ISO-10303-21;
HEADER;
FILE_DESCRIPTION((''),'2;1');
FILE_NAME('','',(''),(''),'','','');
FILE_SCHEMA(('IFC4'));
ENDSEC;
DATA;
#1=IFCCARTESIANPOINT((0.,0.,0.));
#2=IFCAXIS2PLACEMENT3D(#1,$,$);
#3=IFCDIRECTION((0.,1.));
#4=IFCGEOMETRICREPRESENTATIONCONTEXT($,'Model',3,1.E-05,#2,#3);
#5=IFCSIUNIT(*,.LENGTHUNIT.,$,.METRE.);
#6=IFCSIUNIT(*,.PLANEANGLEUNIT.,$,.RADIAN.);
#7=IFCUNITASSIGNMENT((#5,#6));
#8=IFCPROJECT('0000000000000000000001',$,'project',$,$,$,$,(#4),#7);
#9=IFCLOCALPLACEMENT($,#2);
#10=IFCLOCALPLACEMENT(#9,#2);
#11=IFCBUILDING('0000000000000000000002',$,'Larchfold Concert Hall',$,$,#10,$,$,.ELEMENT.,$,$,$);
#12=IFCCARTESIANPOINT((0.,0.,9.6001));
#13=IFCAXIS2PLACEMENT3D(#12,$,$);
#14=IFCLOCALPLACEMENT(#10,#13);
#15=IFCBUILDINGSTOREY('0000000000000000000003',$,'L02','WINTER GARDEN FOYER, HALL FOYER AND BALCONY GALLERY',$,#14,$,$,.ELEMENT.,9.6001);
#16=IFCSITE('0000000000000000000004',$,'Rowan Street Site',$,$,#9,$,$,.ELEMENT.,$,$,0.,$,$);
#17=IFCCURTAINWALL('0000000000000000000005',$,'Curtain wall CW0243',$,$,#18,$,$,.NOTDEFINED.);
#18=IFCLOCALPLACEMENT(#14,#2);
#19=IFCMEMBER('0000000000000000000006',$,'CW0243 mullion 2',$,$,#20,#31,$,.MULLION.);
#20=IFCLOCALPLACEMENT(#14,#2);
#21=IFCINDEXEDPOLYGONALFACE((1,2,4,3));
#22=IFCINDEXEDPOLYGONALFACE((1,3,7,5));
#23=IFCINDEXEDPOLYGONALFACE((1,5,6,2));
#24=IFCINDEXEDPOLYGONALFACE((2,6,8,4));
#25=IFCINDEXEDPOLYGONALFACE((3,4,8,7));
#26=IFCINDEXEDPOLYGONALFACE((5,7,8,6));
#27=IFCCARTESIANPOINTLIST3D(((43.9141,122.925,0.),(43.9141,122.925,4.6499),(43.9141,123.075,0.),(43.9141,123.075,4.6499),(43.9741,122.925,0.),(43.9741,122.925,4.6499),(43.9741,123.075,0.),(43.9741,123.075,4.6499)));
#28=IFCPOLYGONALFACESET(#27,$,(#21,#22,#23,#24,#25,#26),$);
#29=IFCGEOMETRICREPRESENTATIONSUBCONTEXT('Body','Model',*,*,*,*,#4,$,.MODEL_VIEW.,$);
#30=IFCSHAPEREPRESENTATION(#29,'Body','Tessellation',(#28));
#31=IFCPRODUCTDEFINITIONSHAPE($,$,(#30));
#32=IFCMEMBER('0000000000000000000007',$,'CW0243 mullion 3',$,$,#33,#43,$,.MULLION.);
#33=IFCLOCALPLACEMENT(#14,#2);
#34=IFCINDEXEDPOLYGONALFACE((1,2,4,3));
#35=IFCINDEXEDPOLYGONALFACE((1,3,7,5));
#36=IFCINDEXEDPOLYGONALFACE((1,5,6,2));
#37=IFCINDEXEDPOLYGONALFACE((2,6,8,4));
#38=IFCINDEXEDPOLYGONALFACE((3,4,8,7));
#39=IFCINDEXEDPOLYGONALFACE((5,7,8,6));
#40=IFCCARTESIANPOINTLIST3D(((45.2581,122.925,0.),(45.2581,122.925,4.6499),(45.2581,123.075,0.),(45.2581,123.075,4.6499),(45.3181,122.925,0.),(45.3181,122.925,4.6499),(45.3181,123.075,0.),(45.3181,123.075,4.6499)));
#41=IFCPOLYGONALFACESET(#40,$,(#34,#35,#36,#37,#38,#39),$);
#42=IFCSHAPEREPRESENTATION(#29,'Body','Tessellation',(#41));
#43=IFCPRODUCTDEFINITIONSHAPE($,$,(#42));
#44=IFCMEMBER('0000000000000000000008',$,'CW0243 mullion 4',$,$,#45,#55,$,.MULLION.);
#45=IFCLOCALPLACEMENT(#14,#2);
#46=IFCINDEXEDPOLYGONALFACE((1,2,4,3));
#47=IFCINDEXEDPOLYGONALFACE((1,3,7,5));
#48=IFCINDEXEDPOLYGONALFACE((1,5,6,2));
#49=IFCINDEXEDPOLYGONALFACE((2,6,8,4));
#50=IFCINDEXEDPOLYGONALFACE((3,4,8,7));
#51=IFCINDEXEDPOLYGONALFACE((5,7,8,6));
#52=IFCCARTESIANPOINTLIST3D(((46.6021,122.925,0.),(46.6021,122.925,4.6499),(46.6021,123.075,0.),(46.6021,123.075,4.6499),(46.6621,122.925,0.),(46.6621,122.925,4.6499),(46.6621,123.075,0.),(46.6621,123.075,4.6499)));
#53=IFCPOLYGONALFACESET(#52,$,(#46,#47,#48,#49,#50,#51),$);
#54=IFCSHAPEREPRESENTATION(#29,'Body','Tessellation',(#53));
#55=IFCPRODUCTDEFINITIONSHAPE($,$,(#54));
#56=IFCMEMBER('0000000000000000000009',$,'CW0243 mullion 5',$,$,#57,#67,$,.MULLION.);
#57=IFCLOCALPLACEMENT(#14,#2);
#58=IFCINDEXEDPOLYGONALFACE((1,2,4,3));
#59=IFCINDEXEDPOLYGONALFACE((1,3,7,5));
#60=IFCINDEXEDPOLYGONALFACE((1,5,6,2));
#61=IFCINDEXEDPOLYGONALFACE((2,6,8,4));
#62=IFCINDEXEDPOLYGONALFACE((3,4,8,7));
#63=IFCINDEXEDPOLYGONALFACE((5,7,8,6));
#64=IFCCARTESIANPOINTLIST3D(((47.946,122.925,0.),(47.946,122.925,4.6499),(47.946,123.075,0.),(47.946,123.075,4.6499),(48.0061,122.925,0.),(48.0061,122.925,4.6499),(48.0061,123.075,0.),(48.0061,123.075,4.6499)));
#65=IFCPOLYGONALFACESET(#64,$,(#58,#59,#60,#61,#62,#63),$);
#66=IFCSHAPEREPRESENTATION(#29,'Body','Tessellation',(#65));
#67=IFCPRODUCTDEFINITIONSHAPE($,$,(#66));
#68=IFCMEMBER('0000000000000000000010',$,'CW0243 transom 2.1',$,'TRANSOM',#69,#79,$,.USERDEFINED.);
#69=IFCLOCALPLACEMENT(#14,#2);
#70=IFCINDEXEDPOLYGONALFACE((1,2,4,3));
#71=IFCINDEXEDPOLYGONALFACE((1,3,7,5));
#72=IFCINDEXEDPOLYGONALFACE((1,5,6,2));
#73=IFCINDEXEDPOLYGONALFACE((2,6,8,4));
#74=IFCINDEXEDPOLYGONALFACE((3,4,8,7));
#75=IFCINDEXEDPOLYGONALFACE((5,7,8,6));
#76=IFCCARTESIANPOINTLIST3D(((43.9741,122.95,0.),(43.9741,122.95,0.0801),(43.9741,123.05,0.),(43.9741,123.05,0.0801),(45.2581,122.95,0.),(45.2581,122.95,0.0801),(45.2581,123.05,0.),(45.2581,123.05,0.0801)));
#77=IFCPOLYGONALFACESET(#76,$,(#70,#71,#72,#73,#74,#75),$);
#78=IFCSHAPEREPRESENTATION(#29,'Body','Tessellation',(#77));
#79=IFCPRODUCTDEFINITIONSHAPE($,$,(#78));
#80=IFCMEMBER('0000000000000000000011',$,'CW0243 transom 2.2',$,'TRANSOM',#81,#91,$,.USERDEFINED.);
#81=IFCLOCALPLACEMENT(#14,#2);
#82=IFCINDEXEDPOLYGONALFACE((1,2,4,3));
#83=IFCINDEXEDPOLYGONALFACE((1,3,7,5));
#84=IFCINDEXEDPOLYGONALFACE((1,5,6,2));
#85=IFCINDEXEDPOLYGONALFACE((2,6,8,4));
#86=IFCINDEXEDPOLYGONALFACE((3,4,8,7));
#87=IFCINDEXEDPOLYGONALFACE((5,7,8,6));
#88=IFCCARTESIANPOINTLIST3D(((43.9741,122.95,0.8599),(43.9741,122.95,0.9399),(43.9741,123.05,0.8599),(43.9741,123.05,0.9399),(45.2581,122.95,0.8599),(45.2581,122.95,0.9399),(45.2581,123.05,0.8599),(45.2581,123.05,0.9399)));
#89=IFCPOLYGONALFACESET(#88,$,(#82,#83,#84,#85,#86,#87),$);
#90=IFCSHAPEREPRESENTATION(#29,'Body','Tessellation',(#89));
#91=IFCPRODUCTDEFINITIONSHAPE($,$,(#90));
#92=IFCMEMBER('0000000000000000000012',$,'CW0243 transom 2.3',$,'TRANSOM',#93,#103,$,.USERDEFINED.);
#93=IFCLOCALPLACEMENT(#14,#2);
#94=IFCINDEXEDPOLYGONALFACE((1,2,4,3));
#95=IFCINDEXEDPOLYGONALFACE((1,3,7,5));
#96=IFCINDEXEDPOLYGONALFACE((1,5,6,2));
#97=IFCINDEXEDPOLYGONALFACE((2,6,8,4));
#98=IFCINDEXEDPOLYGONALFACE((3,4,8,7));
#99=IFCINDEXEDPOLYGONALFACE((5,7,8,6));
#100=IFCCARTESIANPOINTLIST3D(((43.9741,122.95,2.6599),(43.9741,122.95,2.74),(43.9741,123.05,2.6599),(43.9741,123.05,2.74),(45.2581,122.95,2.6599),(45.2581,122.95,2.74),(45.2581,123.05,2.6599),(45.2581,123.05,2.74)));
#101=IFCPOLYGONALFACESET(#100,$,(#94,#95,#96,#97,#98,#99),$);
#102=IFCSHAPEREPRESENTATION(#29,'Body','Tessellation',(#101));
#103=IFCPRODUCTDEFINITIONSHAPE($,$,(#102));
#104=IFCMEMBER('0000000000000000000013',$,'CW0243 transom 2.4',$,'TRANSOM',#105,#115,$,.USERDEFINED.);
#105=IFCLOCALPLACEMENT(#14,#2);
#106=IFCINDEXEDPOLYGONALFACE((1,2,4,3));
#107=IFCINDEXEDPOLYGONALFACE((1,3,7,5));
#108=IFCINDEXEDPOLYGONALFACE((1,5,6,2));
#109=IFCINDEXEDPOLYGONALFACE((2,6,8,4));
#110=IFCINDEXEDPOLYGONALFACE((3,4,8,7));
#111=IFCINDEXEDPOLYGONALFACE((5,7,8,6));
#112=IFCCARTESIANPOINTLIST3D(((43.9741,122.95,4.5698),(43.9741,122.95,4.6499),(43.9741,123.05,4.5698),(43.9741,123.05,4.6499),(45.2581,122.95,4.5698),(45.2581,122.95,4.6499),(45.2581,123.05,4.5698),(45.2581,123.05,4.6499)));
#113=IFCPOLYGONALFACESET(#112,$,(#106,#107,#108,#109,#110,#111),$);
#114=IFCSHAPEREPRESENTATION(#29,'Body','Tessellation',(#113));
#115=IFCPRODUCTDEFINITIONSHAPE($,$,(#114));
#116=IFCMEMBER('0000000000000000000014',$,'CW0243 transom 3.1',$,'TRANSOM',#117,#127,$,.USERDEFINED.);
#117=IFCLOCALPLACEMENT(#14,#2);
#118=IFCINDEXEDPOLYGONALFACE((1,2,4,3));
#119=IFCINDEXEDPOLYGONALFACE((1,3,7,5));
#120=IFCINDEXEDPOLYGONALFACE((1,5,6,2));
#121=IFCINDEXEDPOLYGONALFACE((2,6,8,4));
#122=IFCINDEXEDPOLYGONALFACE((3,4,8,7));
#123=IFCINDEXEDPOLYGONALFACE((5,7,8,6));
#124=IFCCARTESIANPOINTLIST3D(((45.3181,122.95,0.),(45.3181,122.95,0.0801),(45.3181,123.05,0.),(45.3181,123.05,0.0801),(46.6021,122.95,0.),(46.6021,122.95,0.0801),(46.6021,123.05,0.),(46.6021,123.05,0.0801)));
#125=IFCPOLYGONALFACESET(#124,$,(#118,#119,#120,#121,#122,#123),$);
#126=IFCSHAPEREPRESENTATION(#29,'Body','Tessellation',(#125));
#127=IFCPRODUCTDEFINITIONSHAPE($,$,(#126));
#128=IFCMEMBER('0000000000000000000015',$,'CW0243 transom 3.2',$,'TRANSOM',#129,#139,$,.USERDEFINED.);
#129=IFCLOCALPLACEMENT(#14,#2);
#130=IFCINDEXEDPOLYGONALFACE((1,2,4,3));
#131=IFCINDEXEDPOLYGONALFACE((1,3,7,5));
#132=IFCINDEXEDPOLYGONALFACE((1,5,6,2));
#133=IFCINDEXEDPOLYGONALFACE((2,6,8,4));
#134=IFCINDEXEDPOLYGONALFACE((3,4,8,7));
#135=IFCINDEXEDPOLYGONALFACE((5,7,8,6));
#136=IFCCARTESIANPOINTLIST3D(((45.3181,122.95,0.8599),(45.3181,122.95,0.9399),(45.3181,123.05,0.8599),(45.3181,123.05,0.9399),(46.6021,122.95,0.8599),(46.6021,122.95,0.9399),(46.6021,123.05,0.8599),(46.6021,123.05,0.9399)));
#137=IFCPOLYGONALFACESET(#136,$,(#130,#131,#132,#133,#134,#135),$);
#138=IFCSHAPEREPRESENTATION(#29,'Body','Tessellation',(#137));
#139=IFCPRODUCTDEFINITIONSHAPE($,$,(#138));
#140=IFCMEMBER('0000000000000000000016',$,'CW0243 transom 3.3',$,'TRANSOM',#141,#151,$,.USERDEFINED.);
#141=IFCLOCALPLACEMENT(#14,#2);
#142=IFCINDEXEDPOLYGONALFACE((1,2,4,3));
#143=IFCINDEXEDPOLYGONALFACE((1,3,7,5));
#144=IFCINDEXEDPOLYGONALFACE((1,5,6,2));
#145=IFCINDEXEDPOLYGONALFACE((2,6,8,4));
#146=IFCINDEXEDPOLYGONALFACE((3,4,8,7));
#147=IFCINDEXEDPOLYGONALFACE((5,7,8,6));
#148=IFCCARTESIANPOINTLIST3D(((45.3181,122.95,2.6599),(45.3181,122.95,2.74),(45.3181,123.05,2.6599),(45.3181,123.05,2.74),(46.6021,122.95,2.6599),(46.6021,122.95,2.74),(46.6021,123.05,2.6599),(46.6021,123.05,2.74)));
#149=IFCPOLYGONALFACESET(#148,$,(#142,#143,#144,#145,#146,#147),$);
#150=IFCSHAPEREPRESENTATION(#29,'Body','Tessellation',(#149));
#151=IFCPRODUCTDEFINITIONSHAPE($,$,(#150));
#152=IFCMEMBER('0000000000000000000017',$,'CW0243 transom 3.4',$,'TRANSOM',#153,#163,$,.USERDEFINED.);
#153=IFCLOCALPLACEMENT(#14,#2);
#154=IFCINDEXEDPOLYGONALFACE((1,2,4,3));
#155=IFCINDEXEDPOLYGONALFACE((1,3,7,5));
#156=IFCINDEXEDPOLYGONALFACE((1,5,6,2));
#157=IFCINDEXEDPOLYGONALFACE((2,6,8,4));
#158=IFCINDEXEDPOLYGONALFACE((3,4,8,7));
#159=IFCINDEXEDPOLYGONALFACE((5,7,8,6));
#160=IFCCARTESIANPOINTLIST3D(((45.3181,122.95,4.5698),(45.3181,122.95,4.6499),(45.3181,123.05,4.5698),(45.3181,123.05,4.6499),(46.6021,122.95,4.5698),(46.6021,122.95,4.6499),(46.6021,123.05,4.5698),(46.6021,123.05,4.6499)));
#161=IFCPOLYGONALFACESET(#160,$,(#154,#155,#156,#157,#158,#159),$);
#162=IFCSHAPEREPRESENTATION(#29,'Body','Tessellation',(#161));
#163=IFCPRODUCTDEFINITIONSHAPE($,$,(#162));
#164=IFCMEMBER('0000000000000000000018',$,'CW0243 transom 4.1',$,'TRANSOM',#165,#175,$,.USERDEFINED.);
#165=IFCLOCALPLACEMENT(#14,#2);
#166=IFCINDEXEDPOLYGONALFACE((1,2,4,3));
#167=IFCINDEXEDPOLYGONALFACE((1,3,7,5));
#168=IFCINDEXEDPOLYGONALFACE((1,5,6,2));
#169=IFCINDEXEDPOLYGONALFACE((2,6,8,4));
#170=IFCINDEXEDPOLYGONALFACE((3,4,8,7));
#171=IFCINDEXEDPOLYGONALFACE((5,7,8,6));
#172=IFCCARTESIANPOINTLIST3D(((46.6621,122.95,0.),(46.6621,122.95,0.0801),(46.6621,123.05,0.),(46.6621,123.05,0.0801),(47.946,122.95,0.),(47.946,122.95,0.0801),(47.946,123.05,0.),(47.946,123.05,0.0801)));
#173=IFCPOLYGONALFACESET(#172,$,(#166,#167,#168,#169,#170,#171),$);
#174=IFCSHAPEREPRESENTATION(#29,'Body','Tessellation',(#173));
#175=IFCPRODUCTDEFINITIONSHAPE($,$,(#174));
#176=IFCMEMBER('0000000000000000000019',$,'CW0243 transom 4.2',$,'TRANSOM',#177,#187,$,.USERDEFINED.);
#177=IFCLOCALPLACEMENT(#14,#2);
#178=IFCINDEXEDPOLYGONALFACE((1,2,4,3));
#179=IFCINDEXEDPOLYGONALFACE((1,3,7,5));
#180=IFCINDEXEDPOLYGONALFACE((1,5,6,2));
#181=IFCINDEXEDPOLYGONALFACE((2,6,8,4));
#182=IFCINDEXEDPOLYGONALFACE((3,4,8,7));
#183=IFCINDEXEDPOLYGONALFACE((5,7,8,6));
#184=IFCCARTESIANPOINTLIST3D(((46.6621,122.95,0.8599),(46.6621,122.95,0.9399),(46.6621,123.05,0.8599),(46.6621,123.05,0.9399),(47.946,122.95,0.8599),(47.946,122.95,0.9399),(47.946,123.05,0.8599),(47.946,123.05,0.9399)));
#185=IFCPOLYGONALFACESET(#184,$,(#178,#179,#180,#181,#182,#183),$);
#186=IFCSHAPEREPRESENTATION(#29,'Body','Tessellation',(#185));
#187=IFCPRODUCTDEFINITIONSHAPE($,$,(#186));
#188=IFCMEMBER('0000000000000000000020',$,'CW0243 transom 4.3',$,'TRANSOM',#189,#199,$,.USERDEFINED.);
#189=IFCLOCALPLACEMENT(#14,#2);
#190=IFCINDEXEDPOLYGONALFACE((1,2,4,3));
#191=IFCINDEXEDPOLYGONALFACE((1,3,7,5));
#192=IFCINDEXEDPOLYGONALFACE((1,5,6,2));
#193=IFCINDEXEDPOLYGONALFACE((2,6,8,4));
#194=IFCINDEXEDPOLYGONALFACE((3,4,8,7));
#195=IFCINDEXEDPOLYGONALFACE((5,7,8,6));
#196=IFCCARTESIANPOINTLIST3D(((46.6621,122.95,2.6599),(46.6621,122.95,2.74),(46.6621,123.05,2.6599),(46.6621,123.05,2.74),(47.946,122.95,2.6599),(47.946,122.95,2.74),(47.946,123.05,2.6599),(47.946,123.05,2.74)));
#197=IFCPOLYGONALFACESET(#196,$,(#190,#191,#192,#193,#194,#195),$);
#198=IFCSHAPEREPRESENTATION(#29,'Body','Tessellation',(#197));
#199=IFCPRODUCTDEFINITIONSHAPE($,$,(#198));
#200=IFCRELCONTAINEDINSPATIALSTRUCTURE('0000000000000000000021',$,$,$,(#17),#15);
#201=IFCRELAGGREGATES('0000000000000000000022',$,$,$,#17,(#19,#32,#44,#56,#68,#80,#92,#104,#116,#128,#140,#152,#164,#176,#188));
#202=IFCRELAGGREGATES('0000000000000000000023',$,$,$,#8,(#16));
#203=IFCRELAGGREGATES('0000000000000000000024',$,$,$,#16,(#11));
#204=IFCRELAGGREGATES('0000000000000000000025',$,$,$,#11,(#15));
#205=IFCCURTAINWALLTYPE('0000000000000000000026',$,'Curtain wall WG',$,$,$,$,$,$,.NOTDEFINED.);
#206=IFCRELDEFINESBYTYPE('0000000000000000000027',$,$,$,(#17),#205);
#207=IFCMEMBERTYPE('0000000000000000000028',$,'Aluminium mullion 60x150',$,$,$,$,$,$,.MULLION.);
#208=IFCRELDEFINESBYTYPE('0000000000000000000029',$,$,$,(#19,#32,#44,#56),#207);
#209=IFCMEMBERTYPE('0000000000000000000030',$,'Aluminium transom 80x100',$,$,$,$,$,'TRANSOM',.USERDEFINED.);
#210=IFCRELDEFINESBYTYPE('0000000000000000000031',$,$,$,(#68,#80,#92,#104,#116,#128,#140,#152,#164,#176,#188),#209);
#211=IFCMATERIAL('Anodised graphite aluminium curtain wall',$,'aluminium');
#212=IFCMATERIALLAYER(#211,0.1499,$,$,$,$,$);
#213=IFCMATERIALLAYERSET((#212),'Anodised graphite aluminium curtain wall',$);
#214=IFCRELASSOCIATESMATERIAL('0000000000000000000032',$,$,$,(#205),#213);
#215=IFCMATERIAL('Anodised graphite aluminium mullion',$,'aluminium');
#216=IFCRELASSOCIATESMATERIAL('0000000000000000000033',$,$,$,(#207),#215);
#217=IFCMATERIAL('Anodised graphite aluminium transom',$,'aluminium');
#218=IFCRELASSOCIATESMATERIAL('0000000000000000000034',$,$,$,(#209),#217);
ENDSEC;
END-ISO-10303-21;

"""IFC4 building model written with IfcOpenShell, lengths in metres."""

from ifc_helpers import new_model, si_unit, direction, frame, origin, origin_2d, place, context, subcontext, project, spatial, rectangle, extrude, material, layer, layer_set, material_profile, profile_set, type_object, element, aggregate, save


model = new_model("IFC4")

# Units and contexts
model_context = context("Model", 3, precision=1e-05, world=origin(), true_north=direction((0.0, 1.0)))
body_context = subcontext(model_context, "Body", "Model", "MODEL_VIEW")
ifc_project = project(units=[si_unit("LENGTHUNIT", "METRE"), si_unit("PLANEANGLEUNIT", "RADIAN")], contexts=[model_context])

# Site, building, storey
site_placement = place(None, origin())
site = spatial("IfcSite", under=ifc_project, at=site_placement, Name="Rowan Street Site", CompositionType="ELEMENT", RefElevation=0.0)
building_placement = place(site_placement, origin())
building = spatial("IfcBuilding", under=site, at=building_placement, Name="Larchfold Concert Hall", CompositionType="ELEMENT")
storey_placement = place(building_placement, frame((0.0, 0.0, 9.6001)))
storey = spatial("IfcBuildingStorey", under=building, at=storey_placement, Name="L02", Description="WINTER GARDEN FOYER, HALL FOYER AND BALCONY GALLERY", CompositionType="ELEMENT", Elevation=9.6001)

# Curtain wall, members
ifc_material_1 = material(Name="Anodised graphite aluminium curtain wall", Category="aluminium")
ifc_layer_1 = layer(ifc_material_1, 0.1499)
ifc_layer_set_1 = layer_set([ifc_layer_1], Name="Anodised graphite aluminium curtain wall")
curtain_wall_type = type_object("IfcCurtainWallType", Name="Curtain wall WG", PredefinedType="NOTDEFINED", material=ifc_layer_set_1)
curtain_wall_placement = place(storey_placement, origin())
curtain_wall = element("IfcCurtainWall", 1, at=curtain_wall_placement, inside=storey, type_object=curtain_wall_type, Name="Curtain wall CW0243", PredefinedType="NOTDEFINED")
ifc_material_2 = material(Name="Anodised graphite aluminium mullion", Category="aluminium")
ifc_material_profile_1 = material_profile(ifc_material_2, rectangle(XDim=0.1499, YDim=0.0601, at=origin_2d()))
ifc_profile_set_1 = profile_set([ifc_material_profile_1], Name="Anodised graphite aluminium mullion")
member_type_1 = type_object("IfcMemberType", Name="Aluminium mullion 60x150", PredefinedType="MULLION", material=ifc_profile_set_1)
member_1_placement = place(storey_placement, frame((43.9441, 123.0, 0.0), z_axis=(0.0, 0.0, 1.0), x_axis=(0.0, 1.0, 0.0)))
member_1 = element("IfcMember", 2, at=member_1_placement, type_object=member_type_1, Name="CW0243 mullion 2", PredefinedType="MULLION", context=body_context, shape_type="SweptSolid", body=[
    extrude(rectangle(XDim=0.1499, YDim=0.0601, at=origin_2d()), origin(), (0.0, 0.0, 1.0), 4.6499),
])
member_2_placement = place(storey_placement, frame((45.2881, 123.0, 0.0), z_axis=(0.0, 0.0, 1.0), x_axis=(0.0, 1.0, 0.0)))
member_2 = element("IfcMember", 3, at=member_2_placement, type_object=member_type_1, Name="CW0243 mullion 3", PredefinedType="MULLION", context=body_context, shape_type="SweptSolid", body=[
    extrude(rectangle(XDim=0.1499, YDim=0.0601, at=origin_2d()), origin(), (0.0, 0.0, 1.0), 4.6499),
])
member_3_placement = place(storey_placement, frame((46.6321, 123.0, 0.0), z_axis=(0.0, 0.0, 1.0), x_axis=(0.0, 1.0, 0.0)))
member_3 = element("IfcMember", 4, at=member_3_placement, type_object=member_type_1, Name="CW0243 mullion 4", PredefinedType="MULLION", context=body_context, shape_type="SweptSolid", body=[
    extrude(rectangle(XDim=0.1499, YDim=0.0601, at=origin_2d()), origin(), (0.0, 0.0, 1.0), 4.6499),
])
member_4_placement = place(storey_placement, frame((47.9761, 123.0, 0.0), z_axis=(0.0, 0.0, 1.0), x_axis=(0.0, 1.0, 0.0)))
member_4 = element("IfcMember", 5, at=member_4_placement, type_object=member_type_1, Name="CW0243 mullion 5", PredefinedType="MULLION", context=body_context, shape_type="SweptSolid", body=[
    extrude(rectangle(XDim=0.1499, YDim=0.0601, at=origin_2d()), origin(), (0.0, 0.0, 1.0), 4.6499),
])
ifc_material_3 = material(Name="Anodised graphite aluminium transom", Category="aluminium")
ifc_material_profile_2 = material_profile(ifc_material_3, rectangle(XDim=0.1001, YDim=0.0801, at=origin_2d()))
ifc_profile_set_2 = profile_set([ifc_material_profile_2], Name="Anodised graphite aluminium transom")
member_type_2 = type_object("IfcMemberType", Name="Aluminium transom 80x100", ElementType="TRANSOM", PredefinedType="USERDEFINED", material=ifc_profile_set_2)
member_5_placement = place(storey_placement, frame((43.9741, 123.0, 0.04), z_axis=(1.0, 0.0, 0.0), x_axis=(0.0, 1.0, 0.0)))
member_5 = element("IfcMember", 6, at=member_5_placement, type_object=member_type_2, Name="CW0243 transom 2.1", ObjectType="TRANSOM", PredefinedType="USERDEFINED", context=body_context, shape_type="SweptSolid", body=[
    extrude(rectangle(XDim=0.1001, YDim=0.0801, at=origin_2d()), origin(), (0.0, 0.0, 1.0), 1.2839),
])
member_6_placement = place(storey_placement, frame((43.9741, 123.0, 0.8999), z_axis=(1.0, 0.0, 0.0), x_axis=(0.0, 1.0, 0.0)))
member_6 = element("IfcMember", 7, at=member_6_placement, type_object=member_type_2, Name="CW0243 transom 2.2", ObjectType="TRANSOM", PredefinedType="USERDEFINED", context=body_context, shape_type="SweptSolid", body=[
    extrude(rectangle(XDim=0.1001, YDim=0.0801, at=origin_2d()), origin(), (0.0, 0.0, 1.0), 1.2839),
])
member_7_placement = place(storey_placement, frame((43.9741, 123.0, 2.7), z_axis=(1.0, 0.0, 0.0), x_axis=(0.0, 1.0, 0.0)))
member_7 = element("IfcMember", 8, at=member_7_placement, type_object=member_type_2, Name="CW0243 transom 2.3", ObjectType="TRANSOM", PredefinedType="USERDEFINED", context=body_context, shape_type="SweptSolid", body=[
    extrude(rectangle(XDim=0.1001, YDim=0.0801, at=origin_2d()), origin(), (0.0, 0.0, 1.0), 1.2839),
])
member_8_placement = place(storey_placement, frame((43.9741, 123.0, 4.6099), z_axis=(1.0, 0.0, 0.0), x_axis=(0.0, 1.0, 0.0)))
member_8 = element("IfcMember", 9, at=member_8_placement, type_object=member_type_2, Name="CW0243 transom 2.4", ObjectType="TRANSOM", PredefinedType="USERDEFINED", context=body_context, shape_type="SweptSolid", body=[
    extrude(rectangle(XDim=0.1001, YDim=0.0801, at=origin_2d()), origin(), (0.0, 0.0, 1.0), 1.2839),
])
member_9_placement = place(storey_placement, frame((45.3181, 123.0, 0.04), z_axis=(1.0, 0.0, 0.0), x_axis=(0.0, 1.0, 0.0)))
member_9 = element("IfcMember", 10, at=member_9_placement, type_object=member_type_2, Name="CW0243 transom 3.1", ObjectType="TRANSOM", PredefinedType="USERDEFINED", context=body_context, shape_type="SweptSolid", body=[
    extrude(rectangle(XDim=0.1001, YDim=0.0801, at=origin_2d()), origin(), (0.0, 0.0, 1.0), 1.2839),
])
member_10_placement = place(storey_placement, frame((45.3181, 123.0, 0.8999), z_axis=(1.0, 0.0, 0.0), x_axis=(0.0, 1.0, 0.0)))
member_10 = element("IfcMember", 11, at=member_10_placement, type_object=member_type_2, Name="CW0243 transom 3.2", ObjectType="TRANSOM", PredefinedType="USERDEFINED", context=body_context, shape_type="SweptSolid", body=[
    extrude(rectangle(XDim=0.1001, YDim=0.0801, at=origin_2d()), origin(), (0.0, 0.0, 1.0), 1.2839),
])
member_11_placement = place(storey_placement, frame((45.3181, 123.0, 2.7), z_axis=(1.0, 0.0, 0.0), x_axis=(0.0, 1.0, 0.0)))
member_11 = element("IfcMember", 12, at=member_11_placement, type_object=member_type_2, Name="CW0243 transom 3.3", ObjectType="TRANSOM", PredefinedType="USERDEFINED", context=body_context, shape_type="SweptSolid", body=[
    extrude(rectangle(XDim=0.1001, YDim=0.0801, at=origin_2d()), origin(), (0.0, 0.0, 1.0), 1.2839),
])
member_12_placement = place(storey_placement, frame((45.3181, 123.0, 4.6099), z_axis=(1.0, 0.0, 0.0), x_axis=(0.0, 1.0, 0.0)))
member_12 = element("IfcMember", 13, at=member_12_placement, type_object=member_type_2, Name="CW0243 transom 3.4", ObjectType="TRANSOM", PredefinedType="USERDEFINED", context=body_context, shape_type="SweptSolid", body=[
    extrude(rectangle(XDim=0.1001, YDim=0.0801, at=origin_2d()), origin(), (0.0, 0.0, 1.0), 1.2839),
])
member_13_placement = place(storey_placement, frame((46.6621, 123.0, 0.04), z_axis=(1.0, 0.0, 0.0), x_axis=(0.0, 1.0, 0.0)))
member_13 = element("IfcMember", 14, at=member_13_placement, type_object=member_type_2, Name="CW0243 transom 4.1", ObjectType="TRANSOM", PredefinedType="USERDEFINED", context=body_context, shape_type="SweptSolid", body=[
    extrude(rectangle(XDim=0.1001, YDim=0.0801, at=origin_2d()), origin(), (0.0, 0.0, 1.0), 1.2839),
])
member_14_placement = place(storey_placement, frame((46.6621, 123.0, 0.8999), z_axis=(1.0, 0.0, 0.0), x_axis=(0.0, 1.0, 0.0)))
member_14 = element("IfcMember", 15, at=member_14_placement, type_object=member_type_2, Name="CW0243 transom 4.2", ObjectType="TRANSOM", PredefinedType="USERDEFINED", context=body_context, shape_type="SweptSolid", body=[
    extrude(rectangle(XDim=0.1001, YDim=0.0801, at=origin_2d()), origin(), (0.0, 0.0, 1.0), 1.2839),
])
member_15_placement = place(storey_placement, frame((46.6621, 123.0, 2.7), z_axis=(1.0, 0.0, 0.0), x_axis=(0.0, 1.0, 0.0)))
member_15 = element("IfcMember", 16, at=member_15_placement, type_object=member_type_2, Name="CW0243 transom 4.3", ObjectType="TRANSOM", PredefinedType="USERDEFINED", context=body_context, shape_type="SweptSolid", body=[
    extrude(rectangle(XDim=0.1001, YDim=0.0801, at=origin_2d()), origin(), (0.0, 0.0, 1.0), 1.2839),
])
aggregate(curtain_wall, [member_1, member_2, member_3, member_4, member_5, member_6, member_7, member_8, member_9, member_10, member_11, member_12, member_13, member_14, member_15])

save(model, "model.ifc")
